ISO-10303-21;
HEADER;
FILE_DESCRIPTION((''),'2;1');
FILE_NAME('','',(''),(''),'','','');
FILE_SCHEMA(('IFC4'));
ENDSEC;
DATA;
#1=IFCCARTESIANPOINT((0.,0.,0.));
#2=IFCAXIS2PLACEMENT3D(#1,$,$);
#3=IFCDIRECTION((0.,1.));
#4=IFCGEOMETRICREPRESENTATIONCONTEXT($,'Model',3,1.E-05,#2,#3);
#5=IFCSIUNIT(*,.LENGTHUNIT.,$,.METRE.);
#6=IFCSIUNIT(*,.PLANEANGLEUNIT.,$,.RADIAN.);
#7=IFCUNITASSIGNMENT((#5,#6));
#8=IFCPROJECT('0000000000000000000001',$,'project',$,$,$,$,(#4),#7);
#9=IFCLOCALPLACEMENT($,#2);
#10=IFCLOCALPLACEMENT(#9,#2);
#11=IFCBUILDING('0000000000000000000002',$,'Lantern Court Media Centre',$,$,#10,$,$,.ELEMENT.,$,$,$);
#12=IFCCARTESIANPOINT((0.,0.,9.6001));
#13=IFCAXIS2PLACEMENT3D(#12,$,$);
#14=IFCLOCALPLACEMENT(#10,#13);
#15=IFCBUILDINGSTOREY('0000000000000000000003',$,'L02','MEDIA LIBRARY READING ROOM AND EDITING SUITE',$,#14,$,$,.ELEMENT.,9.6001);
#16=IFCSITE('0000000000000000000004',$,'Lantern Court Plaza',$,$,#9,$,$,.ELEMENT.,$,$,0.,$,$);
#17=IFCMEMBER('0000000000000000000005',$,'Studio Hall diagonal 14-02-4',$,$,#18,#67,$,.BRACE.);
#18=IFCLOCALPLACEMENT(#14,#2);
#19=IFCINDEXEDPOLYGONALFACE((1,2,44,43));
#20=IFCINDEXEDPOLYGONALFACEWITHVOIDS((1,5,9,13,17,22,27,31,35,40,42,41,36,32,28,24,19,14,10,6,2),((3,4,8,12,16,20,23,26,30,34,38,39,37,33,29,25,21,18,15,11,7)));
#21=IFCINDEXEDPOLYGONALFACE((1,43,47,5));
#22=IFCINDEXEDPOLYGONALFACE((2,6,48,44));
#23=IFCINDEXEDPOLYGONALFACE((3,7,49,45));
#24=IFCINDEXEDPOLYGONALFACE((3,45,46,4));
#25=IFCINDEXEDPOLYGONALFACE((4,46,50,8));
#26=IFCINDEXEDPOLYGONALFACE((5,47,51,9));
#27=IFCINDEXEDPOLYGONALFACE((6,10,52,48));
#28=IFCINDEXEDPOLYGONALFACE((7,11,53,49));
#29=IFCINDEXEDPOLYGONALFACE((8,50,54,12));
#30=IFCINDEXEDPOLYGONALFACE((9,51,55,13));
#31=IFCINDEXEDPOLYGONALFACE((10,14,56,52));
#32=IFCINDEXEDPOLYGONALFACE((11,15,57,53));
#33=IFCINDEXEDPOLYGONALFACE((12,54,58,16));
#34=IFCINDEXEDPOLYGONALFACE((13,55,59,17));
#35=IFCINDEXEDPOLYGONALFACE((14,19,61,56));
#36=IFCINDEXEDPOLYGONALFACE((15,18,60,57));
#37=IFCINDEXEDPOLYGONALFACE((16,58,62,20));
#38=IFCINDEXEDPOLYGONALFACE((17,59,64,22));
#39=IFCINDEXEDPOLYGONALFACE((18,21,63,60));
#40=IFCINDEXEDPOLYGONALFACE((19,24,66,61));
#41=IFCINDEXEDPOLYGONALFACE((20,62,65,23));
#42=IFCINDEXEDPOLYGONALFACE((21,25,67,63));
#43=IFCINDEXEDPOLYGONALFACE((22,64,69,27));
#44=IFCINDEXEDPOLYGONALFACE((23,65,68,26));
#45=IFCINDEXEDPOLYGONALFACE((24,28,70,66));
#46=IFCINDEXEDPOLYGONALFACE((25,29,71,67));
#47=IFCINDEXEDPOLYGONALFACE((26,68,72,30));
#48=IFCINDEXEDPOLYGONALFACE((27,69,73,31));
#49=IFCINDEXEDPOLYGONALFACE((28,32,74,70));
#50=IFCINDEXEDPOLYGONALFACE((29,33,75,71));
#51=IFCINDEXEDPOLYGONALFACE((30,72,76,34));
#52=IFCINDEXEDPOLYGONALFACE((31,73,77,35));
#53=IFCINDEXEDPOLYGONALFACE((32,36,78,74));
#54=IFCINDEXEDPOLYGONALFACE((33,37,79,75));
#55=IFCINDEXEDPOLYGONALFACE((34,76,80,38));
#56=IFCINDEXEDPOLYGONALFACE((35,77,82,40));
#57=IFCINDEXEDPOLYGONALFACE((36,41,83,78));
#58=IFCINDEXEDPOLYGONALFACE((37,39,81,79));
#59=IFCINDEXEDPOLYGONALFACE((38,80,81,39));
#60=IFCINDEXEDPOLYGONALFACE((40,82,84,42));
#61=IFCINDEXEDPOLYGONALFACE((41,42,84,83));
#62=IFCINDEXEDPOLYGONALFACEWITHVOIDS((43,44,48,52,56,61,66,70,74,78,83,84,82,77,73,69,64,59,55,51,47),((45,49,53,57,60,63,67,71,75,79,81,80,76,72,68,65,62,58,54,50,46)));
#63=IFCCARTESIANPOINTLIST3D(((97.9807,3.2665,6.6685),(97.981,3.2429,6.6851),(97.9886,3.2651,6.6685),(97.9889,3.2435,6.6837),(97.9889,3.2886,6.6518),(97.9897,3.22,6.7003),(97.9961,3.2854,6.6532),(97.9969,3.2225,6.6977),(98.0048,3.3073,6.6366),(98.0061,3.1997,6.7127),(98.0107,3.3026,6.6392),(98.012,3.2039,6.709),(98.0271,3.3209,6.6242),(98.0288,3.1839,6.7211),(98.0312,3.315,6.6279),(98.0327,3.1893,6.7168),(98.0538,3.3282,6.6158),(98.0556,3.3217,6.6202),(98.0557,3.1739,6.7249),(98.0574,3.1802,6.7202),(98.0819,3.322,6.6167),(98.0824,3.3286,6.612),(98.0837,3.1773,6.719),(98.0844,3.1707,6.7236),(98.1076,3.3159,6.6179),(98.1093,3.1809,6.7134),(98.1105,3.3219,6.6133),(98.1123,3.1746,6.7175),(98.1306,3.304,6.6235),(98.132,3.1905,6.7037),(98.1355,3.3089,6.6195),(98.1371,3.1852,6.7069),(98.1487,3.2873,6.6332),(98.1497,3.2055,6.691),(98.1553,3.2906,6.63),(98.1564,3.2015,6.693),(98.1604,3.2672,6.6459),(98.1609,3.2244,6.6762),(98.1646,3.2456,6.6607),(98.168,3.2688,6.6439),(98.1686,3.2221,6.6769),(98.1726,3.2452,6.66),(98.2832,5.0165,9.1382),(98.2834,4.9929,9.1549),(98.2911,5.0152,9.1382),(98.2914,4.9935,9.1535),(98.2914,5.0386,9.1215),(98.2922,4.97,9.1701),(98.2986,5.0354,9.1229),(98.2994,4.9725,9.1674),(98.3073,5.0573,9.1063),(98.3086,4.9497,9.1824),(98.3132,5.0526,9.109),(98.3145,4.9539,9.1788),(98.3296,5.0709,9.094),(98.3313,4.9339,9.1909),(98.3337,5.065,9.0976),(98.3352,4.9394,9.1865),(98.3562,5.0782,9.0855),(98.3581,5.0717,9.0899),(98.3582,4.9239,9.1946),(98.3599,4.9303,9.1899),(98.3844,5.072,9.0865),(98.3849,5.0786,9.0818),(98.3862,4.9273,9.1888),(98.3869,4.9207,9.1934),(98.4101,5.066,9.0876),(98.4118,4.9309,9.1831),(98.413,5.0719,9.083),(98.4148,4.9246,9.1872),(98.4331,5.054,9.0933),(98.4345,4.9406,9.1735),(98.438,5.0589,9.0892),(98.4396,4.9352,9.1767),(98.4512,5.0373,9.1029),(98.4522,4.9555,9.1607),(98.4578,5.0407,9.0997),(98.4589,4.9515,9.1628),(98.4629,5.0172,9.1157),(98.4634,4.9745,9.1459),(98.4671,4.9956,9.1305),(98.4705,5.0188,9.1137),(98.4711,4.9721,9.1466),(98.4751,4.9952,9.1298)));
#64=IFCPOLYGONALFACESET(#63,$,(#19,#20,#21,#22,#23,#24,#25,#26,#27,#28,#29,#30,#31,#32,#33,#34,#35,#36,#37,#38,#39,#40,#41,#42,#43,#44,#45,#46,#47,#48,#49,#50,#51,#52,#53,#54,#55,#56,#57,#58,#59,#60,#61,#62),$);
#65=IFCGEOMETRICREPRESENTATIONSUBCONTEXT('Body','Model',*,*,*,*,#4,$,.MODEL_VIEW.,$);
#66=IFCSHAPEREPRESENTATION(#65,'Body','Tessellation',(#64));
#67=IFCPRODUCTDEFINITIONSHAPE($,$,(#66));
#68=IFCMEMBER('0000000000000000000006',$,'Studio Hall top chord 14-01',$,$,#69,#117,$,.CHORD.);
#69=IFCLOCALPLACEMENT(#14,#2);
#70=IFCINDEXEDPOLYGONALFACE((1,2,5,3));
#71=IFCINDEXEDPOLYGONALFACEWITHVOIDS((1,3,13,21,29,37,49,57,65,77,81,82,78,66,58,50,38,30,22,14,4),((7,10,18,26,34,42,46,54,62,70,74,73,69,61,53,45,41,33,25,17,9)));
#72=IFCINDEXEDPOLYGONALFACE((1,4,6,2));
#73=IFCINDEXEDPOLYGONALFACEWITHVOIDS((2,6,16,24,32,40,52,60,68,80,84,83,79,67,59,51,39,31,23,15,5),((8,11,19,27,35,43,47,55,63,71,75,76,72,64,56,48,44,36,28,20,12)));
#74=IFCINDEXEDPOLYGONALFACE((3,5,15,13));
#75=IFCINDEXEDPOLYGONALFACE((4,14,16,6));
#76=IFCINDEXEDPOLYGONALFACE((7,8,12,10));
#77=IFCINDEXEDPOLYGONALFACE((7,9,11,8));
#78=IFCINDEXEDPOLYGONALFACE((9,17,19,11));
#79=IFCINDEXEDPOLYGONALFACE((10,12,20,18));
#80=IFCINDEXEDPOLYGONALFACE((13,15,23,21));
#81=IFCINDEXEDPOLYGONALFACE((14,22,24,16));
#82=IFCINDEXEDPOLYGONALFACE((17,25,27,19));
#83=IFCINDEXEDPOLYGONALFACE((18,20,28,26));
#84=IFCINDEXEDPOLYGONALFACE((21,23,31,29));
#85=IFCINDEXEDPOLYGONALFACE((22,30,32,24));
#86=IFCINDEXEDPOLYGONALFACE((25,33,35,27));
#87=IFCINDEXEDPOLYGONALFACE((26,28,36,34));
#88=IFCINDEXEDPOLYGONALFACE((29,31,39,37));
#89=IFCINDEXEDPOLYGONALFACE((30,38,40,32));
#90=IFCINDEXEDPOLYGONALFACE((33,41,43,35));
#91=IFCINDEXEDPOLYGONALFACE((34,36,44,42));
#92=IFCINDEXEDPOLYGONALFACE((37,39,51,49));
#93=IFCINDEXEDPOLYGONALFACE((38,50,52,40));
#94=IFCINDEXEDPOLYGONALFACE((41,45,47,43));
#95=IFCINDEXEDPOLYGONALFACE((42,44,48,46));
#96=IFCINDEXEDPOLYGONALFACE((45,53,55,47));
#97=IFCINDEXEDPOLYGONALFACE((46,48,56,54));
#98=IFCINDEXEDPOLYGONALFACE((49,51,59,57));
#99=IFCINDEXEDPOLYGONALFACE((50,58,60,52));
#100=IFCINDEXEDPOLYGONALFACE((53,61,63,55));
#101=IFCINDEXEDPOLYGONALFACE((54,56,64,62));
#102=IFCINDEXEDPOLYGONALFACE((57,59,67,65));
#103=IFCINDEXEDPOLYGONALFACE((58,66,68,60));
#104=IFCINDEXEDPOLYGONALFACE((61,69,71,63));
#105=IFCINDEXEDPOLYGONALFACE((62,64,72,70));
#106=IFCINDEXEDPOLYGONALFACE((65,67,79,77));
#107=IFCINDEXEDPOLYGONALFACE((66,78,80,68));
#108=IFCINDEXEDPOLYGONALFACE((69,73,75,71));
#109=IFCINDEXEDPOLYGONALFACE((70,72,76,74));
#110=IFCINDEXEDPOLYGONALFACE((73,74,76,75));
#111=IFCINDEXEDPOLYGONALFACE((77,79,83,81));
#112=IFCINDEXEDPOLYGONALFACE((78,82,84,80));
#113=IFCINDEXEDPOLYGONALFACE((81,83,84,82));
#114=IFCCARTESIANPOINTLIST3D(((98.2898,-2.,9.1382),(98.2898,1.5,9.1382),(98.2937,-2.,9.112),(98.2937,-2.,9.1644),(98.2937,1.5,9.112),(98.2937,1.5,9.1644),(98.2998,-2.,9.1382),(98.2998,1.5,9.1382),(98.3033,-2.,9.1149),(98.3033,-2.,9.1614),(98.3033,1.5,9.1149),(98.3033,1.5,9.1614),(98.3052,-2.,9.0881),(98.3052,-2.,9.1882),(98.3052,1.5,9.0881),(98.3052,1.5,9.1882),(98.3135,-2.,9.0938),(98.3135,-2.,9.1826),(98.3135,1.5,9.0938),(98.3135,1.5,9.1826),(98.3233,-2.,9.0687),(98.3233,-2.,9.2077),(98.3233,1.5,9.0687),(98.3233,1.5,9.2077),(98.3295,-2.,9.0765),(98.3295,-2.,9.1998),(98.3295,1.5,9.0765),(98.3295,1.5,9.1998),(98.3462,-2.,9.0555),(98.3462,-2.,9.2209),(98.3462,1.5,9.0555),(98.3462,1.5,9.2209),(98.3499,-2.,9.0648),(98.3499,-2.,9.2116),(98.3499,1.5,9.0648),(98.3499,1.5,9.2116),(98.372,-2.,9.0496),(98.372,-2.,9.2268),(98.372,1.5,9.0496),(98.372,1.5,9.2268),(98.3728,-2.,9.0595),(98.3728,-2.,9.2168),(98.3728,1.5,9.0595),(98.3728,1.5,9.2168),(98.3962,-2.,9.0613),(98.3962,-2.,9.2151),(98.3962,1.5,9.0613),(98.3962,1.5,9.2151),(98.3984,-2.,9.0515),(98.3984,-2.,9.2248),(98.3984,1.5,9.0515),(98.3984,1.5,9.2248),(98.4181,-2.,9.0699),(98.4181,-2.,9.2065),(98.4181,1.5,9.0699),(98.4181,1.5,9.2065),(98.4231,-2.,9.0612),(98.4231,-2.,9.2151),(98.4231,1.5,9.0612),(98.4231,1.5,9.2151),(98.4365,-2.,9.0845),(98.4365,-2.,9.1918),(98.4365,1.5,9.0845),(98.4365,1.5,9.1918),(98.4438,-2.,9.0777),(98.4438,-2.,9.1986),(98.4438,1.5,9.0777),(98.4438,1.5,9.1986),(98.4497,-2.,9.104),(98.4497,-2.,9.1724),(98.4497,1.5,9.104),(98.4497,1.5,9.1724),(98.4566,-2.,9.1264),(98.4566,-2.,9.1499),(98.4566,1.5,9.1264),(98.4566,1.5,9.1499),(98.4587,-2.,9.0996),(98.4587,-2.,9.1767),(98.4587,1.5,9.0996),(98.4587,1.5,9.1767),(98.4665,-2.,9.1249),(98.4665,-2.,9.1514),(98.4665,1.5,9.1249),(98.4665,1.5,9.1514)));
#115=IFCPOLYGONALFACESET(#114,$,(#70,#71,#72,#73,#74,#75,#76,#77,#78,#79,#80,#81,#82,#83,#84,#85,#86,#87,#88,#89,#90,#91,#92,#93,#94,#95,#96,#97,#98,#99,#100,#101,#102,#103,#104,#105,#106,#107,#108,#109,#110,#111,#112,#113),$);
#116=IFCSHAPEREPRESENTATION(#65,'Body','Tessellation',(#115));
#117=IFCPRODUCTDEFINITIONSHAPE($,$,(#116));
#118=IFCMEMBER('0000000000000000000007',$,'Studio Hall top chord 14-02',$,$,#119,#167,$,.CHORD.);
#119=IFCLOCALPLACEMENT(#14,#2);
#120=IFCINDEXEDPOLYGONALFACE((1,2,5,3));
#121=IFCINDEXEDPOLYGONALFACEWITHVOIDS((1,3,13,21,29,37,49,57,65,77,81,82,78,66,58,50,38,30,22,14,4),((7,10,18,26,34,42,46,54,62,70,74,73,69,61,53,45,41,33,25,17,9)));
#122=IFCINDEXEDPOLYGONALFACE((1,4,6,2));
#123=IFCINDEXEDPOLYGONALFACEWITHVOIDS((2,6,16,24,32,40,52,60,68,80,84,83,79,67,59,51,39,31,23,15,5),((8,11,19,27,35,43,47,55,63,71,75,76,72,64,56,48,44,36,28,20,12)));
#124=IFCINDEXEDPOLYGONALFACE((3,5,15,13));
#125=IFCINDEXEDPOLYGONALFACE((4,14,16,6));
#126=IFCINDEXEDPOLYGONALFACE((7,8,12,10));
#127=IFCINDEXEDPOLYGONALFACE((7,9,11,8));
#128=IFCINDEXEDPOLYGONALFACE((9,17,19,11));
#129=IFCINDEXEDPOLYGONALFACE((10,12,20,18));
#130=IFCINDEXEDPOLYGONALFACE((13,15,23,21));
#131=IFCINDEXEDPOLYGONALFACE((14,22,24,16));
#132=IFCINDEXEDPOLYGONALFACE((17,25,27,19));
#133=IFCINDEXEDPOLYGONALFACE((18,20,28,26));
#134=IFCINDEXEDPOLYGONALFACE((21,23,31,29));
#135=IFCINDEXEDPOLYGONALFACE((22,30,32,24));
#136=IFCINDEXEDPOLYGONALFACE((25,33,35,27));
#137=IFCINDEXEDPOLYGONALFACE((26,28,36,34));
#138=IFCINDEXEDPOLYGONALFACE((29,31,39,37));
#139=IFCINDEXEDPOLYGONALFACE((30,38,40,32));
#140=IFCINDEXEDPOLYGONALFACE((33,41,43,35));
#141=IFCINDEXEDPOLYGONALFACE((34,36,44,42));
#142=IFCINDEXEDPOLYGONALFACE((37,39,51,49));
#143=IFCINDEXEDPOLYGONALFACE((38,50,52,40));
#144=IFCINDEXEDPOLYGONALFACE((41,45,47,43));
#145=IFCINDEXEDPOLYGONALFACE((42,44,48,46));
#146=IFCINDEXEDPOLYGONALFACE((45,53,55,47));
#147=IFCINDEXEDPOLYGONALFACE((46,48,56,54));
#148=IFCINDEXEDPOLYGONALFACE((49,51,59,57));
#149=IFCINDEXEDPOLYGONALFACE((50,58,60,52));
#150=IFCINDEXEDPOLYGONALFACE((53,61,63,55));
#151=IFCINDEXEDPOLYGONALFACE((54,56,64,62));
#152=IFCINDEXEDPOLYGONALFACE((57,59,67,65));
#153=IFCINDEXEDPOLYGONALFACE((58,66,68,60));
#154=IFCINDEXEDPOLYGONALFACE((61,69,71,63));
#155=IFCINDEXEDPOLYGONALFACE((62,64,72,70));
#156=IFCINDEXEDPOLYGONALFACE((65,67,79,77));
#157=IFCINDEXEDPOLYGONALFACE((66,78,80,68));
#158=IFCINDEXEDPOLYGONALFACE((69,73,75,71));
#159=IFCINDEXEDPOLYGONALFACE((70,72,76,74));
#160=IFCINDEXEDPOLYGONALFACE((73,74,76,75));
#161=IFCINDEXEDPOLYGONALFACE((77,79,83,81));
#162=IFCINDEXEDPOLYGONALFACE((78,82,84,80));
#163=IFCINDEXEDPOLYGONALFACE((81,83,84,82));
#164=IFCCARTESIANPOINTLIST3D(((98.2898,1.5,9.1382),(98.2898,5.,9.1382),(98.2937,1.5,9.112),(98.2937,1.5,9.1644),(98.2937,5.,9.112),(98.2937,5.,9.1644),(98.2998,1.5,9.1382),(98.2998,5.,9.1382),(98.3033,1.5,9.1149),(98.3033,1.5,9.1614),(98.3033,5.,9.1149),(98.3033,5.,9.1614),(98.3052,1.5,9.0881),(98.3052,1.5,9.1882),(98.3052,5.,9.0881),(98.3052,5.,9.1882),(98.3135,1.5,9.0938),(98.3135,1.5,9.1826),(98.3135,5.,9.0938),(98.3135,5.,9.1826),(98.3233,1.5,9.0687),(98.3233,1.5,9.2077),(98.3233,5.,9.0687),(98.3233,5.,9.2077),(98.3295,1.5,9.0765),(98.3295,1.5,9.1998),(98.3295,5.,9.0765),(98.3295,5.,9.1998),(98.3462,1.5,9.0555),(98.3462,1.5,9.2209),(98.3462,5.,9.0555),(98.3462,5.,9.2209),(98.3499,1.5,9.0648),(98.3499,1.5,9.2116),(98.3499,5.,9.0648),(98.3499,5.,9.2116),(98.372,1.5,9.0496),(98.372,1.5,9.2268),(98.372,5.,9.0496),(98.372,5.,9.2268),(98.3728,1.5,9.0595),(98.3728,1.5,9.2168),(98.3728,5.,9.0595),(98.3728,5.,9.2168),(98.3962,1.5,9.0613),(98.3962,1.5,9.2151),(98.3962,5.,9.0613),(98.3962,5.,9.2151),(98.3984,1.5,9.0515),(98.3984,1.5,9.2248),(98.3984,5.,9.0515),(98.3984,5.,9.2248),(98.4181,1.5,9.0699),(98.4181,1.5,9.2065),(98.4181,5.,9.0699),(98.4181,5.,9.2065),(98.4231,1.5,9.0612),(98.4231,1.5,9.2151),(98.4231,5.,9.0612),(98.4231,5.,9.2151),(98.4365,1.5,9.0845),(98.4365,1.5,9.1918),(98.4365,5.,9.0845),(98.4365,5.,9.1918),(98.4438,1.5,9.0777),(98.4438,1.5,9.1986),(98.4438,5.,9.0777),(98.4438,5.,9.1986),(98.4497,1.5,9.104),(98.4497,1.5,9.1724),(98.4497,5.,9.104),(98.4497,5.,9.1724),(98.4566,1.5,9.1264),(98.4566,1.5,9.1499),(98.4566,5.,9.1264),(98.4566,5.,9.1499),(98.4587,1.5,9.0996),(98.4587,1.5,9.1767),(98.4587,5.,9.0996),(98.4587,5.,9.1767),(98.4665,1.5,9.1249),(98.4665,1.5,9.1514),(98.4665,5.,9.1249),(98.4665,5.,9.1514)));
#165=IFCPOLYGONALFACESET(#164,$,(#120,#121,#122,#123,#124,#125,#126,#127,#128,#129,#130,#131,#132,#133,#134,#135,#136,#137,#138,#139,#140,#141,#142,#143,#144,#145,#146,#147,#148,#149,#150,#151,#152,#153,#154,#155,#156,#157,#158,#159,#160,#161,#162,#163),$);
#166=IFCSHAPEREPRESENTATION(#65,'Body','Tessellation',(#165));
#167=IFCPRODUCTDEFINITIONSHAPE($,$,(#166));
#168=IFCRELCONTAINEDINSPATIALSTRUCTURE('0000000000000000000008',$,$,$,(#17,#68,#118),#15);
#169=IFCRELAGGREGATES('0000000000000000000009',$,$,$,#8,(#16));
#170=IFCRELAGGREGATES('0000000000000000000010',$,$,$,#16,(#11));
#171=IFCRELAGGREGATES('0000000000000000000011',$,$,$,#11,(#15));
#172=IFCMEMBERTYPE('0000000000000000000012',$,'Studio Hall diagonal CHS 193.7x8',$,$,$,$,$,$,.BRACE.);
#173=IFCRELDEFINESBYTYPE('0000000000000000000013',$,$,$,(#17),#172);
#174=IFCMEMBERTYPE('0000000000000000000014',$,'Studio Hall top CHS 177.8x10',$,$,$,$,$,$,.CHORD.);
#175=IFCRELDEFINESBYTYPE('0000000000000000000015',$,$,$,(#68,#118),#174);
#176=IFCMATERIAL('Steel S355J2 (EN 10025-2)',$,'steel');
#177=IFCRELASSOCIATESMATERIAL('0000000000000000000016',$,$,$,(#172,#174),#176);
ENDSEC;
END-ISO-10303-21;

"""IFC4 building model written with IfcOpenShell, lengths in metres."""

from ifc_helpers import new_model, si_unit, direction, frame, origin, origin_2d, place, context, subcontext, project, spatial, hollow_circle, extrude, material, material_profile, profile_set, type_object, element, save


model = new_model("IFC4")

# Units and contexts
model_context = context("Model", 3, precision=1e-05, world=origin(), true_north=direction((0.0, 1.0)))
body_context = subcontext(model_context, "Body", "Model", "MODEL_VIEW")
ifc_project = project(units=[si_unit("LENGTHUNIT", "METRE"), si_unit("PLANEANGLEUNIT", "RADIAN")], contexts=[model_context])

# Site, building, storey
site_placement = place(None, origin())
site = spatial("IfcSite", under=ifc_project, at=site_placement, Name="Lantern Court Plaza", CompositionType="ELEMENT", RefElevation=0.0)
building_placement = place(site_placement, origin())
building = spatial("IfcBuilding", under=site, at=building_placement, Name="Lantern Court Media Centre", CompositionType="ELEMENT")
storey_placement = place(building_placement, frame((0.0, 0.0, 9.6001)))
storey = spatial("IfcBuildingStorey", under=building, at=storey_placement, Name="L02", Description="MEDIA LIBRARY READING ROOM AND EDITING SUITE", CompositionType="ELEMENT", Elevation=9.6001)

# Members
ifc_material = material(Name="Steel S355J2 (EN 10025-2)", Category="steel")
ifc_material_profile_1 = material_profile(ifc_material, hollow_circle(Radius=0.0969, WallThickness=0.0081, at=origin_2d()), Name="Studio Hall diagonal CHS 193.7x8")
ifc_profile_set_1 = profile_set([ifc_material_profile_1], Name="Steel S355J2 (EN 10025-2)")
member_type_1 = type_object("IfcMemberType", Name="Studio Hall diagonal CHS 193.7x8", PredefinedType="BRACE", material=ifc_profile_set_1)
for number, where, z_axis, x_axis, name in (
    (1, (98.0762, 3.25, 6.6685), (0.099439, 0.575286, 0.811885), (-0.985388, 0.170326, 0.0), "Studio Hall diagonal 14-02-4"),
):
    element("IfcMember", number, at=place(storey_placement, frame(where, z_axis=z_axis, x_axis=x_axis)), inside=storey, type_object=member_type_1, Name=name, PredefinedType="BRACE", context=body_context, shape_type="SweptSolid", body=[
        extrude(hollow_circle(Radius=0.0969, WallThickness=0.0081, at=origin_2d()), origin(), (0.0, 0.0, 1.0), 3.042),
    ])
ifc_material_profile_2 = material_profile(ifc_material, hollow_circle(Radius=0.0889, WallThickness=0.01, at=origin_2d()), Name="Studio Hall top CHS 177.8x10")
ifc_profile_set_2 = profile_set([ifc_material_profile_2], Name="Steel S355J2 (EN 10025-2)")
member_type_2 = type_object("IfcMemberType", Name="Studio Hall top CHS 177.8x10", PredefinedType="CHORD", material=ifc_profile_set_2)
for number, where, z_axis, x_axis, name in (
    (2, (98.3787, -2.0, 9.1382), (0.0, 1.0, 0.0), (-1.0, 0.0, 0.0), "Studio Hall top chord 14-01"),
    (3, (98.3787, 1.5, 9.1382), (0.0, 1.0, 0.0), (-1.0, 0.0, 0.0), "Studio Hall top chord 14-02"),
):
    element("IfcMember", number, at=place(storey_placement, frame(where, z_axis=z_axis, x_axis=x_axis)), inside=storey, type_object=member_type_2, Name=name, PredefinedType="CHORD", context=body_context, shape_type="SweptSolid", body=[
        extrude(hollow_circle(Radius=0.0889, WallThickness=0.01, at=origin_2d()), origin(), (0.0, 0.0, 1.0), 3.5),
    ])

save(model, "model.ifc")
